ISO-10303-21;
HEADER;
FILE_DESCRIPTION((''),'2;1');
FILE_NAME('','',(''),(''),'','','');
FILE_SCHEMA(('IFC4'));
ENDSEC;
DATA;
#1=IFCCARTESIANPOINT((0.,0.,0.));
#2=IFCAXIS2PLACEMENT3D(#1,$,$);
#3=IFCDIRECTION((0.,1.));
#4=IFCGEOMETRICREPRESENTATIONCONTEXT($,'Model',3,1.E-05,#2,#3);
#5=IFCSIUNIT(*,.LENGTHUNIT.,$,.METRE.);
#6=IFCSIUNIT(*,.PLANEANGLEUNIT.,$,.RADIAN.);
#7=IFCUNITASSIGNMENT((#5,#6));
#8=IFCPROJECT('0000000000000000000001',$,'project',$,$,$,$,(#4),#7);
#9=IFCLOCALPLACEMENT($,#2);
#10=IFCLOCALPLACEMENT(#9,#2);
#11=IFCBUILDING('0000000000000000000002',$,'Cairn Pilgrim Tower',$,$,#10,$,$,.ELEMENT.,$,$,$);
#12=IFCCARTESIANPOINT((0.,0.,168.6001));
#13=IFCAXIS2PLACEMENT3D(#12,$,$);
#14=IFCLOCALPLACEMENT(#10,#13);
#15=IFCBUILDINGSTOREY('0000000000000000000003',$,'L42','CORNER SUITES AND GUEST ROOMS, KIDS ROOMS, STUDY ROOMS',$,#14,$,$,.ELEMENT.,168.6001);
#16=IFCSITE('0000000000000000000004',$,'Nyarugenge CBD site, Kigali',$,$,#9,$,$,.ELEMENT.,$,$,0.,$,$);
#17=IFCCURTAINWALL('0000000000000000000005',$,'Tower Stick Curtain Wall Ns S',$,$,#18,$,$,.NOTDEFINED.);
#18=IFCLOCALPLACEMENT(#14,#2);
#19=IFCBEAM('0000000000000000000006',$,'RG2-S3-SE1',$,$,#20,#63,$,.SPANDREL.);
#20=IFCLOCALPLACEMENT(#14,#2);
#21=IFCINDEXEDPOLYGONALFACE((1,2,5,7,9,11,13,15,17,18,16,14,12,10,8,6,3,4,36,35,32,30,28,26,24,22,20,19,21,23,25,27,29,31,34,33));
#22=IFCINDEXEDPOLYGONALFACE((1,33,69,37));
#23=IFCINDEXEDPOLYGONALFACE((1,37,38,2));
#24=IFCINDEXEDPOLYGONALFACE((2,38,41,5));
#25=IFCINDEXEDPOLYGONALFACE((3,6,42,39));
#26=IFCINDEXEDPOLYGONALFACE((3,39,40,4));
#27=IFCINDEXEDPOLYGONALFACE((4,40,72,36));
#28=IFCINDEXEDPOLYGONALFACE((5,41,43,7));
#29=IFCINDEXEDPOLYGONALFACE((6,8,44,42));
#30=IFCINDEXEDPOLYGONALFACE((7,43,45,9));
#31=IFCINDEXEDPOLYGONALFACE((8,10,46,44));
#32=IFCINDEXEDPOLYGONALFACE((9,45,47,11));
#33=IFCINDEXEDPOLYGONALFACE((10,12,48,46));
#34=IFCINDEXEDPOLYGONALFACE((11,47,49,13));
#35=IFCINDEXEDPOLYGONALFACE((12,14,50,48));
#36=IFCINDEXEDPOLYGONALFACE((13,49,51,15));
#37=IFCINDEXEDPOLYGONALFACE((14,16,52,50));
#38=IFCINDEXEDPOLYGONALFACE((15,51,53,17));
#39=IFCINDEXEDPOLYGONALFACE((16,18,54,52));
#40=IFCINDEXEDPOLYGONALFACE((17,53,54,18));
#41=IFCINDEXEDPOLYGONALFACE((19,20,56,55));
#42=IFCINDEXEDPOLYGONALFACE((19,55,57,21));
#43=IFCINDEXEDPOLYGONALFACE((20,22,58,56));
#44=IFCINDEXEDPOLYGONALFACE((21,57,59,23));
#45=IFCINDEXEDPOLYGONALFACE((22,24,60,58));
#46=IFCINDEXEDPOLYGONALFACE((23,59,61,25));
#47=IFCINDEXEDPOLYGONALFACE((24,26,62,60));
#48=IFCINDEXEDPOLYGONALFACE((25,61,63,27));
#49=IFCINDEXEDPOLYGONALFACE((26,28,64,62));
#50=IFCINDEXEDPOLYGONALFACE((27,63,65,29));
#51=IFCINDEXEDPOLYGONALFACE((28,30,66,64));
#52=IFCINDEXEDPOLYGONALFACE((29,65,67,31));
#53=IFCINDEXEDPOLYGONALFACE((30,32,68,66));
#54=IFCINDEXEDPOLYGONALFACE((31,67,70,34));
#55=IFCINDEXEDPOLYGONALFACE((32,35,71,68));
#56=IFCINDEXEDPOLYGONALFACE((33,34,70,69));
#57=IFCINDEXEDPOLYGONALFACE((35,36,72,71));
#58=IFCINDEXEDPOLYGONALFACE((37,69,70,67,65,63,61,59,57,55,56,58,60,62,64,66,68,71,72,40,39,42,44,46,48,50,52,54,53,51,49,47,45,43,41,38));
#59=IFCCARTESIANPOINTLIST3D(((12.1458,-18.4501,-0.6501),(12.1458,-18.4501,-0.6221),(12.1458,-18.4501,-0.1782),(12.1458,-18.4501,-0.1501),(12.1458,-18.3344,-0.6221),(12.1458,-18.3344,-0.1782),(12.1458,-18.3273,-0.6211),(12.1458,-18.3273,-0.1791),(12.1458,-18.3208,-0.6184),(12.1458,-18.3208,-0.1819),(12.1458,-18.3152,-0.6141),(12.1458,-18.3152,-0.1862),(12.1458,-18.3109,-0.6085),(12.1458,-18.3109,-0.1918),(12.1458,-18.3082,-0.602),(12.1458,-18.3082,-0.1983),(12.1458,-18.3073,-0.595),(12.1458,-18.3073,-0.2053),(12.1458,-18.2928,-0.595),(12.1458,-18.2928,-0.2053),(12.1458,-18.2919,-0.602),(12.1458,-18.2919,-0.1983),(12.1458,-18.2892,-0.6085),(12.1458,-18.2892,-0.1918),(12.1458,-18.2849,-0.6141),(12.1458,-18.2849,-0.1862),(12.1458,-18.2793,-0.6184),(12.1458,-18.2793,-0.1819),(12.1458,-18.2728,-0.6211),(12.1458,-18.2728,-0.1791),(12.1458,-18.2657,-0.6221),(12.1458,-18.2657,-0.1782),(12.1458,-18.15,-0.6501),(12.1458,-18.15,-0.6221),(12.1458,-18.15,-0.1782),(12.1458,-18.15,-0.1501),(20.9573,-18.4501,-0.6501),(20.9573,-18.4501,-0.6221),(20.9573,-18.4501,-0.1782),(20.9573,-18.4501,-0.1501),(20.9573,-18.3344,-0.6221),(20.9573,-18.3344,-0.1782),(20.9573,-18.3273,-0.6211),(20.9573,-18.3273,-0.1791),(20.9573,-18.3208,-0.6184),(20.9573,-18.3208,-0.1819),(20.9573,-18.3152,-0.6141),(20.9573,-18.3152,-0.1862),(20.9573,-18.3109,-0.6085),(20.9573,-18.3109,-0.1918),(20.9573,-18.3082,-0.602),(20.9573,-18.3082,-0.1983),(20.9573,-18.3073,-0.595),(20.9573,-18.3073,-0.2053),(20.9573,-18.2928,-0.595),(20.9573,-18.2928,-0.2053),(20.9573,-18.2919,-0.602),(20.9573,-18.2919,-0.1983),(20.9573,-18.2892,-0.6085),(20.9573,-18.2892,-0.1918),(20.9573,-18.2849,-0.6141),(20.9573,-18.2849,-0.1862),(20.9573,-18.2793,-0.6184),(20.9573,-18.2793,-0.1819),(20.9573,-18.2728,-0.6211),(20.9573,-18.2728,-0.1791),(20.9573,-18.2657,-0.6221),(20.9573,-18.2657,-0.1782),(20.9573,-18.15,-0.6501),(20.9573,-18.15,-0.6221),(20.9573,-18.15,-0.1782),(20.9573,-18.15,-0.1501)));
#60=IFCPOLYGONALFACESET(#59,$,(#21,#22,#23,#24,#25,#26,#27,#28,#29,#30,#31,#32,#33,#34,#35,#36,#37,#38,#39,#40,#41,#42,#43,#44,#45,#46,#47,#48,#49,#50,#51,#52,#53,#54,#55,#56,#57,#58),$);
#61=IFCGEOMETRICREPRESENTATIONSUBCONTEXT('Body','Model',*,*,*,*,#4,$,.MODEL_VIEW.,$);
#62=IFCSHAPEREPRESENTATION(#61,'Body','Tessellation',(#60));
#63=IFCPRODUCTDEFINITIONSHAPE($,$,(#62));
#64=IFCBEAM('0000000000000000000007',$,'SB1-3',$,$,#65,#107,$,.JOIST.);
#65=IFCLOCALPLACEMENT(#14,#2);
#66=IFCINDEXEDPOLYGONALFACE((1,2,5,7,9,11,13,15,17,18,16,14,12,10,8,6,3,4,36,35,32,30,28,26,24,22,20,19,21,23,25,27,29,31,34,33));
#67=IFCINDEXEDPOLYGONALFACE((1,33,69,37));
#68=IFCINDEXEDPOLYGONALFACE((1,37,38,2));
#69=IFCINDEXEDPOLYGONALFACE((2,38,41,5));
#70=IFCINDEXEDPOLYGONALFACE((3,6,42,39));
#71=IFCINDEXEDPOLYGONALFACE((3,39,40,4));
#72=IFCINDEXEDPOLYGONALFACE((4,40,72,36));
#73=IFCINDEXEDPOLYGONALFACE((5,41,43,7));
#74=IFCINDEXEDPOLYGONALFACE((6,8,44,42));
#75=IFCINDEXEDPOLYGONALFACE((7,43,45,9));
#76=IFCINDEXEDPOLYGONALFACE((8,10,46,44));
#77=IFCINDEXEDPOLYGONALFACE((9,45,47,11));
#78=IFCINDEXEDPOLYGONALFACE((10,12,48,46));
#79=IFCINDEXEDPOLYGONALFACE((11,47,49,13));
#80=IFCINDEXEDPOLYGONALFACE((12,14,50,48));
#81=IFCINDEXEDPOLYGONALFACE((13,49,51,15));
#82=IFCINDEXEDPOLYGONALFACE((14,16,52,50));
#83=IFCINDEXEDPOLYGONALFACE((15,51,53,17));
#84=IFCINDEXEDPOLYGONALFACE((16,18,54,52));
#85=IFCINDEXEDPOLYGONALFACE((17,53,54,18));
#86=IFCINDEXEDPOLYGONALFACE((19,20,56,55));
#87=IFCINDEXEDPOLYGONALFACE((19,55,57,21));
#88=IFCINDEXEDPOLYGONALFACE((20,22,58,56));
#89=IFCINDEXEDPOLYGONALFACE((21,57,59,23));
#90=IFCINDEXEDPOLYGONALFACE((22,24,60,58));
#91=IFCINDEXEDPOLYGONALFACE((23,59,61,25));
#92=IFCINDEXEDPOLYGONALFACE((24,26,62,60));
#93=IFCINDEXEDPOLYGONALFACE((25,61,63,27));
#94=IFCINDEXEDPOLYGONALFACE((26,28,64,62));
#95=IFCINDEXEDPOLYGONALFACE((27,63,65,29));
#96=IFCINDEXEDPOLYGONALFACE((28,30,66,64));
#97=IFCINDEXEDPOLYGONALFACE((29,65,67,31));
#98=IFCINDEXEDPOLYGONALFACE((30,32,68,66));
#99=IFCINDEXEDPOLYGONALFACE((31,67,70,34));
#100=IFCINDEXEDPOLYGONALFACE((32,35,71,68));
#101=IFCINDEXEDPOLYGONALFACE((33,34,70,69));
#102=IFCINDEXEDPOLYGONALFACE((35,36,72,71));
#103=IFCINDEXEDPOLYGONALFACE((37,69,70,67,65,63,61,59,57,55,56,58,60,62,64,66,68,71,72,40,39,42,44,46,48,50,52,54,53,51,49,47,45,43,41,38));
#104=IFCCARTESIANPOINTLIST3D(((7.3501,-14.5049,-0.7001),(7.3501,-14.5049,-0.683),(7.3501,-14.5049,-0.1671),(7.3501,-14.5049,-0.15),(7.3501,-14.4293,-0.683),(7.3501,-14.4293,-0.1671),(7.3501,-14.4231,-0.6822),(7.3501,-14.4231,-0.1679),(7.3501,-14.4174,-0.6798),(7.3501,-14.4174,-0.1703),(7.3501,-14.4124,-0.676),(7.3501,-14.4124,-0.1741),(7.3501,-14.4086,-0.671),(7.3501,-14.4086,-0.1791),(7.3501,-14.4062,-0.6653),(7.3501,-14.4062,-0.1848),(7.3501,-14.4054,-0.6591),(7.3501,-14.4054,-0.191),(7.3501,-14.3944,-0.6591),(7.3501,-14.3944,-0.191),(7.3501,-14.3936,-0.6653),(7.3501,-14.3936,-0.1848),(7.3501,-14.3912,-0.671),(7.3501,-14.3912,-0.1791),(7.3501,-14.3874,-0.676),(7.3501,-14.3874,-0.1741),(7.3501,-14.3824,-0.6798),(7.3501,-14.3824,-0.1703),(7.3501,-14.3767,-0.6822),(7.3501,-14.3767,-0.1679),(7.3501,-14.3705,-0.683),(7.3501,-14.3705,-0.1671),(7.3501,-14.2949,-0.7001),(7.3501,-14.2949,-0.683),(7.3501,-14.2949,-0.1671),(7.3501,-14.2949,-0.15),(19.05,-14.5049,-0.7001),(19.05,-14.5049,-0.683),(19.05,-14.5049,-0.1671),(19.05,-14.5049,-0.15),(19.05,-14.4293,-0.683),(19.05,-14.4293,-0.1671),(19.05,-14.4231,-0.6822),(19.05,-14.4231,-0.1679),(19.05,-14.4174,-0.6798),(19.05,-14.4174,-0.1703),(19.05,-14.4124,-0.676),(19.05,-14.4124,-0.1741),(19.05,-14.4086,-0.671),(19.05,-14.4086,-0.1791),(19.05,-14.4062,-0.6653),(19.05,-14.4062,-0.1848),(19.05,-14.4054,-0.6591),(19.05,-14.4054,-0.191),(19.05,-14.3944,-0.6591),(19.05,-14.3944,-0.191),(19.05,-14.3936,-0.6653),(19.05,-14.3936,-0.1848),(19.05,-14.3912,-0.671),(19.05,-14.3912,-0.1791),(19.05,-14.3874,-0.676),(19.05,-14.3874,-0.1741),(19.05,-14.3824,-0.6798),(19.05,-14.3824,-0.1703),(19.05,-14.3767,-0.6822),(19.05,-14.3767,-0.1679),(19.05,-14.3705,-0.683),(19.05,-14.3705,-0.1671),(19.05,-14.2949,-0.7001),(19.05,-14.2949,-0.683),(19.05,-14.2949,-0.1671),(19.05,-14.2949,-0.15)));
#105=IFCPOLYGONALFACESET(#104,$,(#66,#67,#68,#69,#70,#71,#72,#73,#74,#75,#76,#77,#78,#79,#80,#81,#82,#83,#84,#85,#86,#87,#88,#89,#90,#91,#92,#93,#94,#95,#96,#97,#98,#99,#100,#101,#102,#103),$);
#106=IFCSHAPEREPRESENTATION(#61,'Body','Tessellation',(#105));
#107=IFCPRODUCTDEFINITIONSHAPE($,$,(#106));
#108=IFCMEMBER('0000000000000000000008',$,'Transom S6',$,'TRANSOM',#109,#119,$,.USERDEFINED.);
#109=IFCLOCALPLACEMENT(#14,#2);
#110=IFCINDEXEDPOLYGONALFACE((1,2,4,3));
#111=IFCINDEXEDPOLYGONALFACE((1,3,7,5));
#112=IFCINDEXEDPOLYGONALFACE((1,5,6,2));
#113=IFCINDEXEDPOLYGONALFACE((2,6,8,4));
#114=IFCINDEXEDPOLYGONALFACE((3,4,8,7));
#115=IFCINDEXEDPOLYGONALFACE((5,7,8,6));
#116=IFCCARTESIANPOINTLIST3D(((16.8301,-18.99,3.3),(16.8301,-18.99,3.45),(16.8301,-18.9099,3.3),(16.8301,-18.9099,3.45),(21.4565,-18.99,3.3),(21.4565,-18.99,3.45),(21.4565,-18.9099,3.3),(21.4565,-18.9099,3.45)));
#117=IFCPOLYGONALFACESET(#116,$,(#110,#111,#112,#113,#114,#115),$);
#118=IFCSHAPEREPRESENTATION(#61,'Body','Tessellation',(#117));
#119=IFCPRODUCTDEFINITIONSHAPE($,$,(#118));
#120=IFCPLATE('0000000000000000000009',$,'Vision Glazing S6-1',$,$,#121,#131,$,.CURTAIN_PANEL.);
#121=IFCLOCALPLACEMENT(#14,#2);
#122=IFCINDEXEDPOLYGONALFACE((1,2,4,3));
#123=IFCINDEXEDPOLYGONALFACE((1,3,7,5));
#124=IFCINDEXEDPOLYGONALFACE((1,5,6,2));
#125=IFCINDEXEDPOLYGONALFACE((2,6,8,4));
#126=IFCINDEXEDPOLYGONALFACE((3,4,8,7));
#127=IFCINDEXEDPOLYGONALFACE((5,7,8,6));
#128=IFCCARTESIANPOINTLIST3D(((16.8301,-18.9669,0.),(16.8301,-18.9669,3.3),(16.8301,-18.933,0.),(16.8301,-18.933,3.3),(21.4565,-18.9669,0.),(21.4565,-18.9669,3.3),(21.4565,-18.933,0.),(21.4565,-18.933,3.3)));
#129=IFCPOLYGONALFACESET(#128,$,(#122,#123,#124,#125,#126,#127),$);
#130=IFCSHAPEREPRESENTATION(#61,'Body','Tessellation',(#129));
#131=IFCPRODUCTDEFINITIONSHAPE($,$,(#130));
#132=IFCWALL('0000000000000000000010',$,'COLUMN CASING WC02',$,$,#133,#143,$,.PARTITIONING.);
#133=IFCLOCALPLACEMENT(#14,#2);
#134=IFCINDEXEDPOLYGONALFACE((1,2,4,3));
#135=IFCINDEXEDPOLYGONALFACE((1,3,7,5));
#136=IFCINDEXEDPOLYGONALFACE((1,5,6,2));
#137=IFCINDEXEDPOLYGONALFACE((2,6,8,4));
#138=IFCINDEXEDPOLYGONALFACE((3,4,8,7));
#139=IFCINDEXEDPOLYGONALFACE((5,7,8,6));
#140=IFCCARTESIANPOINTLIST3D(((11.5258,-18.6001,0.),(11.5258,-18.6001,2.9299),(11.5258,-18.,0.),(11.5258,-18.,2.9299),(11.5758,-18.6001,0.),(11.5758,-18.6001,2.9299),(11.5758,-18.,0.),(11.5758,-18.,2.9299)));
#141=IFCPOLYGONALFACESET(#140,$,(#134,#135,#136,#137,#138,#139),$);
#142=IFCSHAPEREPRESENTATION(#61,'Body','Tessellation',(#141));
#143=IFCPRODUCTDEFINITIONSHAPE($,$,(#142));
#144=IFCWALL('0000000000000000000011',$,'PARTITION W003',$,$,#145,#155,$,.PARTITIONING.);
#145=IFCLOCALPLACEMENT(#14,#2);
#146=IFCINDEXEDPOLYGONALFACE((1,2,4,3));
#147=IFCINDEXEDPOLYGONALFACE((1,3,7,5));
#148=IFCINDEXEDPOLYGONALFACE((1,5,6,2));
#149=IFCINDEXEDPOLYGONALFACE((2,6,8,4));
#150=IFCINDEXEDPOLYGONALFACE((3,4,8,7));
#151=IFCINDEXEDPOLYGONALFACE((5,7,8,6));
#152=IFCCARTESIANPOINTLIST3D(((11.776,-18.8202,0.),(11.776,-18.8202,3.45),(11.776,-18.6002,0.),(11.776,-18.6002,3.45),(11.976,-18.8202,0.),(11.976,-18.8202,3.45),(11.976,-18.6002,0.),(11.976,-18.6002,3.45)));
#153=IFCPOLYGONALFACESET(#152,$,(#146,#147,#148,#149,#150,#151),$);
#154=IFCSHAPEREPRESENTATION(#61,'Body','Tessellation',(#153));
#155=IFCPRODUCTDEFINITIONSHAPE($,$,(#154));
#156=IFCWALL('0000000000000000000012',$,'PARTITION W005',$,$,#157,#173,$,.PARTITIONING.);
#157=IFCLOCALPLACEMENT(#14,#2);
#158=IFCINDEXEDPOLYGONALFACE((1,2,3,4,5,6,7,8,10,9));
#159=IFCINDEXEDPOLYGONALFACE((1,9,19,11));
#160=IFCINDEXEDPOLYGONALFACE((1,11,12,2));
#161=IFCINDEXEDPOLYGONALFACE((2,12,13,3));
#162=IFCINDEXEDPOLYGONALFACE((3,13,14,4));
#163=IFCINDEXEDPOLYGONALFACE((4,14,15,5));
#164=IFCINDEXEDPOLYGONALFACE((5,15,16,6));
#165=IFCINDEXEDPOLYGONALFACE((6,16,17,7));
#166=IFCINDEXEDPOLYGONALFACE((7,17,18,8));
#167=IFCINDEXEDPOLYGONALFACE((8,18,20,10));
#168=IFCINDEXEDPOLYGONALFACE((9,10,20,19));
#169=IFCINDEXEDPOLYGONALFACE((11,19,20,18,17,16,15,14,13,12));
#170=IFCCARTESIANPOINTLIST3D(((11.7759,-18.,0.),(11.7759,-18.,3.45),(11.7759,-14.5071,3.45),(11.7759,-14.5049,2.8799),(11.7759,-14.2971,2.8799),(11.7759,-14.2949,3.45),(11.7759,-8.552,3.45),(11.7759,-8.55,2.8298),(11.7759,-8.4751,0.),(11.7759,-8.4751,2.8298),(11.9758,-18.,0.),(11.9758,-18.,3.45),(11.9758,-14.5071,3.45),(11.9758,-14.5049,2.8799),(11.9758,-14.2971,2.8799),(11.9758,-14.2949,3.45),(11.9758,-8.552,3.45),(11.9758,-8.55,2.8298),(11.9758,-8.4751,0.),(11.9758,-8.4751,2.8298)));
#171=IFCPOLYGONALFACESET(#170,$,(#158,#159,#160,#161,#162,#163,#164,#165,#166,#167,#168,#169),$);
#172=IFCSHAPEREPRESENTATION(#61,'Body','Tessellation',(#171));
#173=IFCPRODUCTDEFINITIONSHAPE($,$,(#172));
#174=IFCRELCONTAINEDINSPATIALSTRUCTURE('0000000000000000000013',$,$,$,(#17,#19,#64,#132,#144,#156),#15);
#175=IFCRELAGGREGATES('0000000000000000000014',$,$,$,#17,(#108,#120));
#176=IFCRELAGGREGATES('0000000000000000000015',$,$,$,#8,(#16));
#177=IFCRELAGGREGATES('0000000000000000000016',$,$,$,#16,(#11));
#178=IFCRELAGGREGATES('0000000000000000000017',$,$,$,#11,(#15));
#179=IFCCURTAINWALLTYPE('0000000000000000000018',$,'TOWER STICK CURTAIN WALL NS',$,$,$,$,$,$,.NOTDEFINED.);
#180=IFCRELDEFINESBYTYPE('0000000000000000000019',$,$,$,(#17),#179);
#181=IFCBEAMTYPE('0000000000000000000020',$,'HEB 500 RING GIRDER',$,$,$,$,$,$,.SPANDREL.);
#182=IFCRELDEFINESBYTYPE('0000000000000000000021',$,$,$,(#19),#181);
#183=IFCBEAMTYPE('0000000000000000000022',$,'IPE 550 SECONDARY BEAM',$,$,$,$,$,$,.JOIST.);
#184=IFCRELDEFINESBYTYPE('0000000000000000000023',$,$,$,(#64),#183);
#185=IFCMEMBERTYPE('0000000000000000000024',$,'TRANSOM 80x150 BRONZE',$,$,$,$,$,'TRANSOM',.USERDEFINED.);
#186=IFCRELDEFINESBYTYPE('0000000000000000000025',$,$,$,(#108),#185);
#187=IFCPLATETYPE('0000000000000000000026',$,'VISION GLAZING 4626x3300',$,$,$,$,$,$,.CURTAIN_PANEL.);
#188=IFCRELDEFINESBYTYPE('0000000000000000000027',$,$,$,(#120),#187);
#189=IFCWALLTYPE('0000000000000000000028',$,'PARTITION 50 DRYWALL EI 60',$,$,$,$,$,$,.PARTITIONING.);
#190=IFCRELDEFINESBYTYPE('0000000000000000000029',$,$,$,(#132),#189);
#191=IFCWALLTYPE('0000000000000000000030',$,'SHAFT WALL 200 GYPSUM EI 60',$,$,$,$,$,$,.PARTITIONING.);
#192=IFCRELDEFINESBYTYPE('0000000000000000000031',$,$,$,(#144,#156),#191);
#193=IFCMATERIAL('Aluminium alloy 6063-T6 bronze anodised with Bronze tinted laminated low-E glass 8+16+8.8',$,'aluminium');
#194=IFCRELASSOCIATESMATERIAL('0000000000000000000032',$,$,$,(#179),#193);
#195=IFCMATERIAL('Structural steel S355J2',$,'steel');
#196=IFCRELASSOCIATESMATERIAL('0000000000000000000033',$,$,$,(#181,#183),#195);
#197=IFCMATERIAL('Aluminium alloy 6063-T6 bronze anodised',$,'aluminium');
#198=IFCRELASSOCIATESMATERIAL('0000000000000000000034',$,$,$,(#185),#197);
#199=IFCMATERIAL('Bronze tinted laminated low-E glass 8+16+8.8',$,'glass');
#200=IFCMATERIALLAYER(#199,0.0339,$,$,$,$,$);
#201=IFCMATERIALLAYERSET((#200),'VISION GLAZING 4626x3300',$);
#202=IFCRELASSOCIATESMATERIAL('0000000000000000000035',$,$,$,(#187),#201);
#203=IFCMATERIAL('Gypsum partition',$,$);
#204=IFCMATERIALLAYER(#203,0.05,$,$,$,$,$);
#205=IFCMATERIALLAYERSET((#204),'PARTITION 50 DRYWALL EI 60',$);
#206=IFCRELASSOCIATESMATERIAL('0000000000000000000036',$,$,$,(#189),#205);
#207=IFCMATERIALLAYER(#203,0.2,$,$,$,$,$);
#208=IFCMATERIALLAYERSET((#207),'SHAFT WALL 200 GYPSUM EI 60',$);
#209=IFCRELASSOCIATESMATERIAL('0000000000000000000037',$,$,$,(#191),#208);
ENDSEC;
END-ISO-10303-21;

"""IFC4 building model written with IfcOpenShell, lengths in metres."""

from ifc_helpers import new_model, si_unit, direction, frame, frame_2d, origin, origin_2d, place, context, subcontext, project, spatial, polyline, rectangle, i_section, outline, extrude, material, layer, layer_set, material_profile, profile_set, type_object, element, aggregate, save


model = new_model("IFC4")

# Units and contexts
model_context = context("Model", 3, precision=1e-05, world=origin(), true_north=direction((0.0, 1.0)))
body_context = subcontext(model_context, "Body", "Model", "MODEL_VIEW")
ifc_project = project(units=[si_unit("LENGTHUNIT", "METRE"), si_unit("PLANEANGLEUNIT", "RADIAN")], contexts=[model_context])

# Site, building, storey
site_placement = place(None, origin())
site = spatial("IfcSite", under=ifc_project, at=site_placement, Name="Nyarugenge CBD site, Kigali", CompositionType="ELEMENT", RefElevation=0.0)
building_placement = place(site_placement, origin())
building = spatial("IfcBuilding", under=site, at=building_placement, Name="Cairn Pilgrim Tower", CompositionType="ELEMENT")
storey_placement = place(building_placement, frame((0.0, 0.0, 168.6001)))
storey = spatial("IfcBuildingStorey", under=building, at=storey_placement, Name="L42", Description="CORNER SUITES AND GUEST ROOMS, KIDS ROOMS, STUDY ROOMS", CompositionType="ELEMENT", Elevation=168.6001)

# Curtain wall
ifc_material_1 = material(Name="Aluminium alloy 6063-T6 bronze anodised with Bronze tinted laminated low-E glass 8+16+8.8", Category="aluminium")
curtain_wall_type = type_object("IfcCurtainWallType", Name="TOWER STICK CURTAIN WALL NS", PredefinedType="NOTDEFINED", material=ifc_material_1)
curtain_wall_placement = place(storey_placement, origin())
curtain_wall = element("IfcCurtainWall", 1, at=curtain_wall_placement, inside=storey, type_object=curtain_wall_type, Name="Tower Stick Curtain Wall Ns S", PredefinedType="NOTDEFINED")
ifc_material_2 = material(Name="Aluminium alloy 6063-T6 bronze anodised", Category="aluminium")

# Beams
ifc_material_3 = material(Name="Structural steel S355J2", Category="steel")
ifc_material_profile_1 = material_profile(ifc_material_3, i_section(OverallWidth=0.3, OverallDepth=0.5, WebThickness=0.0144, FlangeThickness=0.0281, FilletRadius=0.0271, at=origin_2d()), Name="HEB 500")
ifc_profile_set_1 = profile_set([ifc_material_profile_1], Name="Structural steel S355J2")
beam_type_1 = type_object("IfcBeamType", Name="HEB 500 RING GIRDER", PredefinedType="SPANDREL", material=ifc_profile_set_1)
beam_1_placement = place(storey_placement, frame((12.1458, -18.3, -0.4001), z_axis=(1.0, 0.0, 0.0), x_axis=(0.0, 1.0, 0.0)))
element("IfcBeam", 2, at=beam_1_placement, inside=storey, type_object=beam_type_1, Name="RG2-S3-SE1", PredefinedType="SPANDREL", context=body_context, shape_type="SweptSolid", body=[
    extrude(i_section(OverallWidth=0.3, OverallDepth=0.5, WebThickness=0.0144, FlangeThickness=0.0281, FilletRadius=0.0271, at=origin_2d()), origin(), (0.0, 0.0, 1.0), 8.8115),
])
ifc_material_profile_2 = material_profile(ifc_material_3, i_section(OverallWidth=0.21, OverallDepth=0.55, WebThickness=0.011, FlangeThickness=0.0171, FilletRadius=0.0239, at=origin_2d()), Name="IPE 550")
ifc_profile_set_2 = profile_set([ifc_material_profile_2], Name="Structural steel S355J2")
beam_type_2 = type_object("IfcBeamType", Name="IPE 550 SECONDARY BEAM", PredefinedType="JOIST", material=ifc_profile_set_2)
beam_2_placement = place(storey_placement, frame((7.3501, -14.3999, -0.425), z_axis=(1.0, 0.0, 0.0), x_axis=(0.0, 1.0, 0.0)))
element("IfcBeam", 3, at=beam_2_placement, inside=storey, type_object=beam_type_2, Name="SB1-3", PredefinedType="JOIST", context=body_context, shape_type="SweptSolid", body=[
    extrude(i_section(OverallWidth=0.21, OverallDepth=0.55, WebThickness=0.011, FlangeThickness=0.0171, FilletRadius=0.0239, at=origin_2d()), origin(), (0.0, 0.0, 1.0), 11.7),
])

# Member
ifc_material_profile_3 = material_profile(ifc_material_2, rectangle(XDim=0.0801, YDim=0.1499, at=origin_2d()), Name="TRANSOM 80x150 BRONZE")
ifc_profile_set_3 = profile_set([ifc_material_profile_3], Name="Aluminium alloy 6063-T6 bronze anodised")
member_type_1 = type_object("IfcMemberType", Name="TRANSOM 80x150 BRONZE", ElementType="TRANSOM", PredefinedType="USERDEFINED", material=ifc_profile_set_3)
member_1_placement = place(storey_placement, frame((16.8301, -18.95, 3.375), z_axis=(1.0, 0.0, 0.0), x_axis=(0.0, 1.0, 0.0)))
member_1 = element("IfcMember", 4, at=member_1_placement, type_object=member_type_1, Name="Transom S6", ObjectType="TRANSOM", PredefinedType="USERDEFINED", context=body_context, shape_type="SweptSolid", body=[
    extrude(rectangle(XDim=0.0801, YDim=0.1499, at=origin_2d()), origin(), (0.0, 0.0, 1.0), 4.6265),
])

# Plate
ifc_material_4 = material(Name="Bronze tinted laminated low-E glass 8+16+8.8", Category="glass")
ifc_layer_1 = layer(ifc_material_4, 0.0339)
ifc_layer_set_1 = layer_set([ifc_layer_1], Name="VISION GLAZING 4626x3300")
plate_type = type_object("IfcPlateType", Name="VISION GLAZING 4626x3300", PredefinedType="CURTAIN_PANEL", material=ifc_layer_set_1)
plate_placement = place(storey_placement, frame((19.1433, -18.95, 0.0), z_axis=(0.0, 0.0, 1.0), x_axis=(1.0, 0.0, 0.0)))
plate = element("IfcPlate", 5, at=plate_placement, type_object=plate_type, Name="Vision Glazing S6-1", PredefinedType="CURTAIN_PANEL", context=body_context, shape_type="SweptSolid", body=[
    extrude(rectangle(XDim=4.6265, YDim=0.0339, at=origin_2d()), origin(), (0.0, 0.0, 1.0), 3.3),
])
aggregate(curtain_wall, [member_1, plate])

# Walls
ifc_material_5 = material(Name="Gypsum partition")
ifc_layer_2 = layer(ifc_material_5, 0.05)
ifc_layer_set_2 = layer_set([ifc_layer_2], Name="PARTITION 50 DRYWALL EI 60")
wall_type_1 = type_object("IfcWallType", Name="PARTITION 50 DRYWALL EI 60", PredefinedType="PARTITIONING", material=ifc_layer_set_2)
wall_1_placement = place(storey_placement, frame((11.5508, -18.6001, 0.0), z_axis=(0.0, 0.0, 1.0), x_axis=(0.0, 1.0, 0.0)))
element("IfcWall", 6, at=wall_1_placement, inside=storey, type_object=wall_type_1, Name="COLUMN CASING WC02", PredefinedType="PARTITIONING", context=body_context, shape_type="SweptSolid", body=[
    extrude(rectangle(XDim=0.6001, YDim=0.05, at=frame_2d((0.3, 0.0))), origin(), (0.0, 0.0, 1.0), 2.9299),
])
ifc_layer_3 = layer(ifc_material_5, 0.2)
ifc_layer_set_3 = layer_set([ifc_layer_3], Name="SHAFT WALL 200 GYPSUM EI 60")
wall_type_2 = type_object("IfcWallType", Name="SHAFT WALL 200 GYPSUM EI 60", PredefinedType="PARTITIONING", material=ifc_layer_set_3)
wall_2_placement = place(storey_placement, frame((11.876, -18.8201, 0.0), z_axis=(0.0, 0.0, 1.0), x_axis=(0.0, 1.0, 0.0)))
element("IfcWall", 7, at=wall_2_placement, inside=storey, type_object=wall_type_2, Name="PARTITION W003", PredefinedType="PARTITIONING", context=body_context, shape_type="SweptSolid", body=[
    extrude(rectangle(XDim=0.22, YDim=0.2, at=frame_2d((0.1099, 0.0))), origin(), (0.0, 0.0, 1.0), 3.45),
])
wall_3_placement = place(storey_placement, frame((11.876, -18.0, 0.0), z_axis=(0.0, 0.0, 1.0), x_axis=(0.0, 1.0, 0.0)))
element("IfcWall", 8, at=wall_3_placement, inside=storey, type_object=wall_type_2, Name="PARTITION W005", PredefinedType="PARTITIONING", context=body_context, shape_type="SweptSolid", body=[
    extrude(outline(polyline([(0.0, 0.0), (9.5249, 0.0), (9.5249, 2.8298), (9.45, 2.8298), (9.448, 3.45), (3.7051, 3.45), (3.7029, 2.8799), (3.4951, 2.8799), (3.4929, 3.45), (0.0, 3.45), (0.0, 0.0)])), frame((0.0, 0.1001, 0.0), z_axis=(0.0, -1.0, 0.0), x_axis=(1.0, 0.0, 0.0)), (0.0, 0.0, 1.0), 0.2),
])

save(model, "model.ifc")
